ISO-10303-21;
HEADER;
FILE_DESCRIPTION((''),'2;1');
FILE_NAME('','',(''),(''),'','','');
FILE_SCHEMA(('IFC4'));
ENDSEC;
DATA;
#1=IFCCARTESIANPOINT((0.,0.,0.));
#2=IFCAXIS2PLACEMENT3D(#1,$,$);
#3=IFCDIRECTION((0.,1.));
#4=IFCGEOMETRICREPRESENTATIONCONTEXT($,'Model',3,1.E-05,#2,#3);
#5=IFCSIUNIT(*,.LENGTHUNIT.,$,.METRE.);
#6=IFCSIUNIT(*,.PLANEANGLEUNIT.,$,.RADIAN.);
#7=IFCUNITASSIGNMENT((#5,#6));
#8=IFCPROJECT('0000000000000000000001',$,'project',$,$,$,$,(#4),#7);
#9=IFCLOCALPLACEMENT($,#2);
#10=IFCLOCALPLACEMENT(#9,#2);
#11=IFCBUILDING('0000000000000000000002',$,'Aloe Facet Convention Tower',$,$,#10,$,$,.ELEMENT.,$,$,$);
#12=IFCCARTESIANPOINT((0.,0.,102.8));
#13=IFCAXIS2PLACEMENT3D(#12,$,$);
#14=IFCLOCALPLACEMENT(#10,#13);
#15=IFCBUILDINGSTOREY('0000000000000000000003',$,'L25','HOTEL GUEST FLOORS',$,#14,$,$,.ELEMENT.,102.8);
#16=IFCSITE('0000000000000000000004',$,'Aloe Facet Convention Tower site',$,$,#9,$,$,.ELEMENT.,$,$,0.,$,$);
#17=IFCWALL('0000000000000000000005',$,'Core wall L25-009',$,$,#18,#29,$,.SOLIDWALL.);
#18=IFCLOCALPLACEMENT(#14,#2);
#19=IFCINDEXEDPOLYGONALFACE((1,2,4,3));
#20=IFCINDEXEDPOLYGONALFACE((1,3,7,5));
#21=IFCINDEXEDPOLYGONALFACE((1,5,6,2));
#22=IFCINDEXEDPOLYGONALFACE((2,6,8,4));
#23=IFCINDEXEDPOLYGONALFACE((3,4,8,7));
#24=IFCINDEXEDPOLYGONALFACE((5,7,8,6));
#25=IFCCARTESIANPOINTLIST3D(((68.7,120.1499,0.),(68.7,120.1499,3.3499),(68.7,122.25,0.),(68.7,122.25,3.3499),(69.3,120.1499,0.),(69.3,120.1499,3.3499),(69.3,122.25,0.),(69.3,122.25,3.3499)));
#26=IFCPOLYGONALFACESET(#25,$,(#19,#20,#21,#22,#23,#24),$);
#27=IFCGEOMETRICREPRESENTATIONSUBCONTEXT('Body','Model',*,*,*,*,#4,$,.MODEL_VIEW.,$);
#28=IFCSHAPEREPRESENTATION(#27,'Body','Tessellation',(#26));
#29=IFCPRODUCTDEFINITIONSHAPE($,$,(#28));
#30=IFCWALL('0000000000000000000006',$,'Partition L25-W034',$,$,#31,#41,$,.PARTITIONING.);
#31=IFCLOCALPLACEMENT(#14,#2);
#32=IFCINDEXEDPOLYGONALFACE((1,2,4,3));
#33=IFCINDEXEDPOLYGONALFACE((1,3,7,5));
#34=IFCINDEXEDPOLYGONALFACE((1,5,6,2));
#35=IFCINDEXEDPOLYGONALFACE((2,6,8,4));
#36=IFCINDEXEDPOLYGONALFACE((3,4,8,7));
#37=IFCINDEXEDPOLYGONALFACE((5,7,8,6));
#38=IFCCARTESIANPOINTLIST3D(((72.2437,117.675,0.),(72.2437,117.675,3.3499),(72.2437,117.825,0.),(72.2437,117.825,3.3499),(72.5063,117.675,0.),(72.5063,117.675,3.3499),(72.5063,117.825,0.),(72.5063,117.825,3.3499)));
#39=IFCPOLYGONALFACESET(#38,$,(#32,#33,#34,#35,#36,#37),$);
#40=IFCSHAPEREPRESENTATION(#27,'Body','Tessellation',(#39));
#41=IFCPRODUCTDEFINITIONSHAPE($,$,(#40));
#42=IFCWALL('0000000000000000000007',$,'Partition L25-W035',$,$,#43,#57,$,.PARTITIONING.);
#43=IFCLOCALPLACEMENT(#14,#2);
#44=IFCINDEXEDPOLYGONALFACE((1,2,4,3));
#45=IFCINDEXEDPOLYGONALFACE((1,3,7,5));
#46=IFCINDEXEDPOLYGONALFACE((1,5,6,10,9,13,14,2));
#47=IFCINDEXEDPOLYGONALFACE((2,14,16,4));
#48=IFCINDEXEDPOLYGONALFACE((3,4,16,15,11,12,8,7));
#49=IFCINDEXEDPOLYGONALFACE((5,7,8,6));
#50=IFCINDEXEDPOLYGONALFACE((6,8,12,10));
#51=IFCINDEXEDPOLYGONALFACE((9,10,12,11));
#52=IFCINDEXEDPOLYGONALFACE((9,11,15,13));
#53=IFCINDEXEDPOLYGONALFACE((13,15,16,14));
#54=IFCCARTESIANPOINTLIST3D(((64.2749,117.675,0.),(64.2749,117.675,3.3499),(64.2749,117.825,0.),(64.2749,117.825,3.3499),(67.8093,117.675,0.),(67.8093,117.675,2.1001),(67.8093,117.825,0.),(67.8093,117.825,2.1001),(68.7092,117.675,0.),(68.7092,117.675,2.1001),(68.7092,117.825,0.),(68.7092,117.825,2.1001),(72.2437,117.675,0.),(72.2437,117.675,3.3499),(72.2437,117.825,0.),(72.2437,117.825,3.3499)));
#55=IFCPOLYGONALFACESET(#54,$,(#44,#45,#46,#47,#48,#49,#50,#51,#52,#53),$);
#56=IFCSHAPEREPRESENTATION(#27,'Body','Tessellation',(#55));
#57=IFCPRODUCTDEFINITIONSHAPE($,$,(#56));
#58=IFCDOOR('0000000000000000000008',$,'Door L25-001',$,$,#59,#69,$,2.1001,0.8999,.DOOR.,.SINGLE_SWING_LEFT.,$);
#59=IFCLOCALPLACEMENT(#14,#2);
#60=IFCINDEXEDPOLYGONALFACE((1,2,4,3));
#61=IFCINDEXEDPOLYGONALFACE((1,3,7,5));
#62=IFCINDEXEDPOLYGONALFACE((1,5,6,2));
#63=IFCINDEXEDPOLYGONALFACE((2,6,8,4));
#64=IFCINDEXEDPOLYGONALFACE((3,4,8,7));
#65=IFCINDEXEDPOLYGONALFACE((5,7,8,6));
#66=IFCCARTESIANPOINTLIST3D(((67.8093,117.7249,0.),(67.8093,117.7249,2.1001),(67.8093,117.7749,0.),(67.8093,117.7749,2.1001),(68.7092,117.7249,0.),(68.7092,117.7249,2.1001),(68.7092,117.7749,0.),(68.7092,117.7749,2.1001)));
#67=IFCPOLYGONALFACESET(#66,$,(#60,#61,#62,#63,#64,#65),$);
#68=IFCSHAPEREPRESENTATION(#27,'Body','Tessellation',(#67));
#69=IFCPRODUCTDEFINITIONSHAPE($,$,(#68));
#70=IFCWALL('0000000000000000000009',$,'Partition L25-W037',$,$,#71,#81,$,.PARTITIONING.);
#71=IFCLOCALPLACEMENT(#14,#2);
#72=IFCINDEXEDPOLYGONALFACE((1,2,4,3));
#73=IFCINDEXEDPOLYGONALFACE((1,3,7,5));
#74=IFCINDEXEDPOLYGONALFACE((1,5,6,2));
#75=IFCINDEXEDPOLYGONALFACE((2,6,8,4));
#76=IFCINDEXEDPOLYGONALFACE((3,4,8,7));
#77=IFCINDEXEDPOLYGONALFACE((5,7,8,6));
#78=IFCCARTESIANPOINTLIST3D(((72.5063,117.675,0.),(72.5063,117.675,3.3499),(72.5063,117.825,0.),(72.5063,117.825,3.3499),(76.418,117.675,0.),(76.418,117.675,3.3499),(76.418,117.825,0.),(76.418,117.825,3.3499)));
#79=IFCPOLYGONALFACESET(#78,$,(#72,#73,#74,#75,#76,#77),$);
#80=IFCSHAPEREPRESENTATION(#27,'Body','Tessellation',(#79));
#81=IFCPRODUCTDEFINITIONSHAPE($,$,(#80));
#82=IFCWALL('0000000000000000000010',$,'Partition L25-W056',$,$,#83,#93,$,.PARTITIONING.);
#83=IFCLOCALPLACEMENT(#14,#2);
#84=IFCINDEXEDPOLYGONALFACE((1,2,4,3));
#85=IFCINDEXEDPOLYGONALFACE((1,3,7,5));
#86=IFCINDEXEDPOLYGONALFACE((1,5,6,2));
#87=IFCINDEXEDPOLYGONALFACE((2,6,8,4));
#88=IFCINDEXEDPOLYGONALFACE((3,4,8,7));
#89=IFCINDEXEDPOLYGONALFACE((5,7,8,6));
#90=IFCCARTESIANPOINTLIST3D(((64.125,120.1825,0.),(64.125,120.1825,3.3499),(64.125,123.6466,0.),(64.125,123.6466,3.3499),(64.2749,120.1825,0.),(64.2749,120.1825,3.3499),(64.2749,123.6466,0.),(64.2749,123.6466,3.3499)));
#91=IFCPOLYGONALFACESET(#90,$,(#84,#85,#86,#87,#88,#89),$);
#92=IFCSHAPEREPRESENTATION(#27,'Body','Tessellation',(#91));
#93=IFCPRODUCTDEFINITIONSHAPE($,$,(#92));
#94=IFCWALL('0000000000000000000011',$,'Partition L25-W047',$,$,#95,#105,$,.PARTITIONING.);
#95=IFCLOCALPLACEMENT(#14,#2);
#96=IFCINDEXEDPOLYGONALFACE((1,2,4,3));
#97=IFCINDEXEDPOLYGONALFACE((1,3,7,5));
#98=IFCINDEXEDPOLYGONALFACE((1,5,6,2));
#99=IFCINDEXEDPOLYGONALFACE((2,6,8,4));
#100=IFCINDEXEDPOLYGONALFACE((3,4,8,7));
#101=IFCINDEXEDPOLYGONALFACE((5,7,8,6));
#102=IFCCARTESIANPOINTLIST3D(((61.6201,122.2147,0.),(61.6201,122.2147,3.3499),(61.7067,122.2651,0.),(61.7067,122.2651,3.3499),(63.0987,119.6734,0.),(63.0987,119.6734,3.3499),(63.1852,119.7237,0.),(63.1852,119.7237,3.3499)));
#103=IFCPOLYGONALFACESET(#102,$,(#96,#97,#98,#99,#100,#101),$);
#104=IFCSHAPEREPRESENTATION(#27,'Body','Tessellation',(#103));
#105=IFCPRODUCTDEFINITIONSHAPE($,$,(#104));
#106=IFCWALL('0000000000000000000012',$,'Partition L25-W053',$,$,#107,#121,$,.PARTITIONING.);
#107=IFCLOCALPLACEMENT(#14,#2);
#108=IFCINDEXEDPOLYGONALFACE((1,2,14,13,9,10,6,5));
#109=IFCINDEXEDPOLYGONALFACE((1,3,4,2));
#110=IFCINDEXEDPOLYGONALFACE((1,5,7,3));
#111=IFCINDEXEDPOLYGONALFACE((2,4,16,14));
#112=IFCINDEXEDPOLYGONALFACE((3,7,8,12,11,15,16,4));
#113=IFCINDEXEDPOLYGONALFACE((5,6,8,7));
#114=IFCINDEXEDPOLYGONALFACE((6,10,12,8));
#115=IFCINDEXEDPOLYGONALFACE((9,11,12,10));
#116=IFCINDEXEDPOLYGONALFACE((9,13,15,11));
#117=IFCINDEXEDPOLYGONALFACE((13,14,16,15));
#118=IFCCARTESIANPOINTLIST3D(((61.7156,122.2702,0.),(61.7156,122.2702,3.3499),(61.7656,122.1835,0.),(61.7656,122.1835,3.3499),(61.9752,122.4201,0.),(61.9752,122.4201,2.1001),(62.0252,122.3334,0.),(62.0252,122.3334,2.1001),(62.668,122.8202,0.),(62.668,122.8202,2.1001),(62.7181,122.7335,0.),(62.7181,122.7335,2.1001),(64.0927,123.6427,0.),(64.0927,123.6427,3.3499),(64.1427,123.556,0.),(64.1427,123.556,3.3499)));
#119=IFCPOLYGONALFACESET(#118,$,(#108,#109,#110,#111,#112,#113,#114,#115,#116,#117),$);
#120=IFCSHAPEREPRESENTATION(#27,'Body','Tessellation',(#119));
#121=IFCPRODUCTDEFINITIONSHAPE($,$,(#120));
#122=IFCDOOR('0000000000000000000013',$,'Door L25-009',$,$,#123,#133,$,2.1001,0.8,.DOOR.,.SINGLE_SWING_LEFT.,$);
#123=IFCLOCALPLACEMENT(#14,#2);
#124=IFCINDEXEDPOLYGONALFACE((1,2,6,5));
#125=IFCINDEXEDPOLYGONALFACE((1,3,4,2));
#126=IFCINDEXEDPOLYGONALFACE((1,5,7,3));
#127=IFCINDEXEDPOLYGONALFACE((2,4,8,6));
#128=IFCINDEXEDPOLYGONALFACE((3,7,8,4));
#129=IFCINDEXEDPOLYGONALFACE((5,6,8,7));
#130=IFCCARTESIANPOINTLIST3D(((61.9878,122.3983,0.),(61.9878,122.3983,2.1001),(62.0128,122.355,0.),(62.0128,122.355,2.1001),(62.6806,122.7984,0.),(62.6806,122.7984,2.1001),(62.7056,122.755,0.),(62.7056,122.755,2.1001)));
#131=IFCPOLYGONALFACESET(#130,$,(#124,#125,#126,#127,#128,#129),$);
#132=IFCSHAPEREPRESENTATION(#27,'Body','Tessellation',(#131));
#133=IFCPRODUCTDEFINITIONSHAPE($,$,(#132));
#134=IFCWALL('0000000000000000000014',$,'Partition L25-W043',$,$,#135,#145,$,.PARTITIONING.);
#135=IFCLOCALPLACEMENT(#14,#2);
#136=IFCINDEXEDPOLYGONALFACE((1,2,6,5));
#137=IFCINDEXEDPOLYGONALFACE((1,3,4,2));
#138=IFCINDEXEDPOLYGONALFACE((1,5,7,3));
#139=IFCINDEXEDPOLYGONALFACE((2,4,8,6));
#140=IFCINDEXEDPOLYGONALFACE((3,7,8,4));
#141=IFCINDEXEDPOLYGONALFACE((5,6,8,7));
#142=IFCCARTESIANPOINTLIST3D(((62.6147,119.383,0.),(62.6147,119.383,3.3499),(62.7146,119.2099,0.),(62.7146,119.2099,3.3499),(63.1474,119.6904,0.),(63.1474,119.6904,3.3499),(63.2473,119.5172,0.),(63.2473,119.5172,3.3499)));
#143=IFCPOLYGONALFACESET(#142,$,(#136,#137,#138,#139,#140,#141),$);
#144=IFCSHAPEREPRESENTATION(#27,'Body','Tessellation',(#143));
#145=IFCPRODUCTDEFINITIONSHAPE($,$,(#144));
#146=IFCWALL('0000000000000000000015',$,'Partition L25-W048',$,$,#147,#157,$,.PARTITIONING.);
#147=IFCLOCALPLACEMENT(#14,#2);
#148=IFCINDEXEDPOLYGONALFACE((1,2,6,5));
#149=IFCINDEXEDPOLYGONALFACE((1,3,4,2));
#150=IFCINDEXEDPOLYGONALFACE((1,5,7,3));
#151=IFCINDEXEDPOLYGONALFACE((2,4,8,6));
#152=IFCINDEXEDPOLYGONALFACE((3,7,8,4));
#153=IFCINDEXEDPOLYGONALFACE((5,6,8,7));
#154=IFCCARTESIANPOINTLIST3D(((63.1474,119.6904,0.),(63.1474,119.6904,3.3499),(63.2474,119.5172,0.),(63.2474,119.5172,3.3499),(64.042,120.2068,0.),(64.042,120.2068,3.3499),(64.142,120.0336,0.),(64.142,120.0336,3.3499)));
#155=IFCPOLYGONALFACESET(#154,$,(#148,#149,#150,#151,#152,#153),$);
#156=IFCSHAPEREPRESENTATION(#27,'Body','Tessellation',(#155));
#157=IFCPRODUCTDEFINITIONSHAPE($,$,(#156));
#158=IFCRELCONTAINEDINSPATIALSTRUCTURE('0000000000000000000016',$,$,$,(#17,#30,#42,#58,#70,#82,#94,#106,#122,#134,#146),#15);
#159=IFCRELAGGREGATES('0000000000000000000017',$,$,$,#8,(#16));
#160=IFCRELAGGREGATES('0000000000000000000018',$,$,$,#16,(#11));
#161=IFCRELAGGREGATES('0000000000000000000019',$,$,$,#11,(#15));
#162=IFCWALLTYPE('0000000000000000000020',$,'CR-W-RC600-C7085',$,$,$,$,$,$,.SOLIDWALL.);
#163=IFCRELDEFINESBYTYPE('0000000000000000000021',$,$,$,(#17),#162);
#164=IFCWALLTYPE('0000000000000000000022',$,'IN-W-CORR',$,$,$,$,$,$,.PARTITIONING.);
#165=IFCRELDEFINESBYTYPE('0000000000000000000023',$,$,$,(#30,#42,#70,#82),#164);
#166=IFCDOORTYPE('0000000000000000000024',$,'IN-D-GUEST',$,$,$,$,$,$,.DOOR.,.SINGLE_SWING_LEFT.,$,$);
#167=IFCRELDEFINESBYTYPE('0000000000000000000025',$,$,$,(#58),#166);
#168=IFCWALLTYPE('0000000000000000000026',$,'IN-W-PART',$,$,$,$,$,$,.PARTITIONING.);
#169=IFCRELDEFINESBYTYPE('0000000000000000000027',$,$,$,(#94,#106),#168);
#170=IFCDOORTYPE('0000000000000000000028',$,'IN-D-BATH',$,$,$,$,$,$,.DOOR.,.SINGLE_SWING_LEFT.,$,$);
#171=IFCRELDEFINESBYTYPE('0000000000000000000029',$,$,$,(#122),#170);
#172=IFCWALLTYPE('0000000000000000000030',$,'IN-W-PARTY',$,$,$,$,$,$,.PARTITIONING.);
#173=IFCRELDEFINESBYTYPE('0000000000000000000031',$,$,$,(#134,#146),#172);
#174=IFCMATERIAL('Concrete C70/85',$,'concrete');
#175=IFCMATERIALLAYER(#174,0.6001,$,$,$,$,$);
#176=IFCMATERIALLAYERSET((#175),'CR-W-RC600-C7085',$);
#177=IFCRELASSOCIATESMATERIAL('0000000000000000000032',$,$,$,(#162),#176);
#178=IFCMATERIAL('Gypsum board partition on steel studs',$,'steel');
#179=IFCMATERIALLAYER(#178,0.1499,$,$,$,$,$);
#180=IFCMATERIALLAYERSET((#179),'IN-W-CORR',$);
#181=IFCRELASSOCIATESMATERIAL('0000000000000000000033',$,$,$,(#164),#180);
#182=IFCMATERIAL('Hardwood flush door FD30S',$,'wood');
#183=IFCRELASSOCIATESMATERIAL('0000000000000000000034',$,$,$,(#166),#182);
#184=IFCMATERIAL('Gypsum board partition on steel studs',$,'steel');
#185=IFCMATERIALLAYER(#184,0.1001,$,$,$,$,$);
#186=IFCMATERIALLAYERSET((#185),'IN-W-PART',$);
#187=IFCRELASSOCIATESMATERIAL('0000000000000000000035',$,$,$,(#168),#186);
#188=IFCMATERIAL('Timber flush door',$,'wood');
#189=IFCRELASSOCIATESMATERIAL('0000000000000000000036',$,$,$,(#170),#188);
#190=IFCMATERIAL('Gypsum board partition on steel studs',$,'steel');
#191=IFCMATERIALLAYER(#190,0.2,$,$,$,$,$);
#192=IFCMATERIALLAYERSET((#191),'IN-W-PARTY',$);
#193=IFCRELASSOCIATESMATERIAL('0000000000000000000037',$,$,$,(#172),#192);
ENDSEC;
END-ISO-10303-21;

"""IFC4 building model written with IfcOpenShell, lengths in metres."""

from ifc_helpers import new_model, si_unit, direction, frame, frame_2d, origin, place, context, subcontext, project, spatial, rectangle, extrude, material, layer, layer_set, type_object, element, fill, save


model = new_model("IFC4")

# Units and contexts
model_context = context("Model", 3, precision=1e-05, world=origin(), true_north=direction((0.0, 1.0)))
body_context = subcontext(model_context, "Body", "Model", "MODEL_VIEW")
ifc_project = project(units=[si_unit("LENGTHUNIT", "METRE"), si_unit("PLANEANGLEUNIT", "RADIAN")], contexts=[model_context])

# Site, building, storey
site_placement = place(None, origin())
site = spatial("IfcSite", under=ifc_project, at=site_placement, Name="Aloe Facet Convention Tower site", CompositionType="ELEMENT", RefElevation=0.0)
building_placement = place(site_placement, origin())
building = spatial("IfcBuilding", under=site, at=building_placement, Name="Aloe Facet Convention Tower", CompositionType="ELEMENT")
storey_placement = place(building_placement, frame((0.0, 0.0, 102.8)))
storey = spatial("IfcBuildingStorey", under=building, at=storey_placement, Name="L25", Description="HOTEL GUEST FLOORS", CompositionType="ELEMENT", Elevation=102.8)

# Shared definitions
ifc_material_1 = material(Name="Concrete C70/85", Category="concrete")
ifc_layer_1 = layer(ifc_material_1, 0.6001)
ifc_layer_set_1 = layer_set([ifc_layer_1], Name="CR-W-RC600-C7085")
wall_type_1 = type_object("IfcWallType", Name="CR-W-RC600-C7085", PredefinedType="SOLIDWALL", material=ifc_layer_set_1)

# Walls
wall_1_placement = place(storey_placement, frame((69.0, 122.25, 0.0), z_axis=(0.0, 0.0, 1.0), x_axis=(0.0, -1.0, 0.0)))
element("IfcWall", 1, at=wall_1_placement, inside=storey, type_object=wall_type_1, Name="Core wall L25-009", PredefinedType="SOLIDWALL", context=body_context, shape_type="SweptSolid", body=[
    extrude(rectangle(XDim=2.1001, YDim=0.6001, at=frame_2d((1.05, 0.0))), origin(), (0.0, 0.0, 1.0), 3.3499),
])
ifc_material_2 = material(Name="Gypsum board partition on steel studs", Category="steel")
ifc_layer_2 = layer(ifc_material_2, 0.1499)
ifc_layer_set_2 = layer_set([ifc_layer_2], Name="IN-W-CORR")
wall_type_2 = type_object("IfcWallType", Name="IN-W-CORR", PredefinedType="PARTITIONING", material=ifc_layer_set_2)
wall_2_placement = place(storey_placement, frame((72.2437, 117.75, 0.0), z_axis=(0.0, 0.0, 1.0), x_axis=(1.0, 0.0, 0.0)))
element("IfcWall", 2, at=wall_2_placement, inside=storey, type_object=wall_type_2, Name="Partition L25-W034", PredefinedType="PARTITIONING", context=body_context, shape_type="SweptSolid", body=[
    extrude(rectangle(XDim=0.2627, YDim=0.1499, at=frame_2d((0.1313, 0.0))), origin(), (0.0, 0.0, 1.0), 3.3499),
])

# Wall, opening, door
wall_3_placement = place(storey_placement, frame((64.2749, 117.75, 0.0), z_axis=(0.0, 0.0, 1.0), x_axis=(1.0, 0.0, 0.0)))
wall_3 = element("IfcWall", 3, at=wall_3_placement, inside=storey, type_object=wall_type_2, Name="Partition L25-W035", PredefinedType="PARTITIONING", context=body_context, shape_type="SweptSolid", body=[
    extrude(rectangle(XDim=7.9688, YDim=0.1499, at=frame_2d((3.9844, 0.0))), origin(), (0.0, 0.0, 1.0), 3.3499),
])
opening_1_placement = place(wall_3_placement, frame((3.5344, 0.0, 0.0)))
opening_1 = element("IfcOpeningElement", 4, at=opening_1_placement, cuts=wall_3, PredefinedType="OPENING", context=body_context, shape_type="SweptSolid", body=[
    extrude(rectangle(XDim=0.8999, YDim=2.1001, at=frame_2d((0.45, 1.05))), frame((0.0, 0.085, 0.0), z_axis=(0.0, -1.0, 0.0), x_axis=(1.0, 0.0, 0.0)), (0.0, 0.0, 1.0), 0.1699),
])
ifc_material_3 = material(Name="Hardwood flush door FD30S", Category="wood")
door_type_1 = type_object("IfcDoorType", Name="IN-D-GUEST", OperationType="SINGLE_SWING_LEFT", PredefinedType="DOOR", material=ifc_material_3)
door_1_placement = place(opening_1_placement, origin())
door_1 = element("IfcDoor", 5, at=door_1_placement, inside=storey, type_object=door_type_1, Name="Door L25-001", OperationType="SINGLE_SWING_LEFT", OverallHeight=2.1001, OverallWidth=0.8999, PredefinedType="DOOR", context=body_context, shape_type="SweptSolid", body=[
    extrude(rectangle(XDim=0.8999, YDim=2.1001, at=frame_2d((0.45, 1.05))), frame((0.0, 0.0249, 0.0), z_axis=(0.0, -1.0, 0.0), x_axis=(1.0, 0.0, 0.0)), (0.0, 0.0, 1.0), 0.05),
])
fill(opening_1, door_1)

# Walls
wall_4_placement = place(storey_placement, frame((72.5063, 117.75, 0.0), z_axis=(0.0, 0.0, 1.0), x_axis=(1.0, 0.0, 0.0)))
element("IfcWall", 6, at=wall_4_placement, inside=storey, type_object=wall_type_2, Name="Partition L25-W037", PredefinedType="PARTITIONING", context=body_context, shape_type="SweptSolid", body=[
    extrude(rectangle(XDim=3.9116, YDim=0.1499, at=frame_2d((1.9558, 0.0))), origin(), (0.0, 0.0, 1.0), 3.3499),
])
wall_5_placement = place(storey_placement, frame((64.2, 120.1826, 0.0), z_axis=(0.0, 0.0, 1.0), x_axis=(0.0, 1.0, 0.0)))
element("IfcWall", 7, at=wall_5_placement, inside=storey, type_object=wall_type_2, Name="Partition L25-W056", PredefinedType="PARTITIONING", context=body_context, shape_type="SweptSolid", body=[
    extrude(rectangle(XDim=3.4641, YDim=0.1499, at=frame_2d((1.7319, 0.0))), origin(), (0.0, 0.0, 1.0), 3.3499),
])
ifc_material_4 = material(Name="Gypsum board partition on steel studs", Category="steel")
ifc_layer_3 = layer(ifc_material_4, 0.1001)
ifc_layer_set_3 = layer_set([ifc_layer_3], Name="IN-W-PART")
wall_type_3 = type_object("IfcWallType", Name="IN-W-PART", PredefinedType="PARTITIONING", material=ifc_layer_set_3)
wall_6_placement = place(storey_placement, frame((61.6633, 122.24, 0.0), z_axis=(0.0, 0.0, 1.0), x_axis=(0.502885, -0.864354, 0.0)))
element("IfcWall", 8, at=wall_6_placement, inside=storey, type_object=wall_type_3, Name="Partition L25-W047", PredefinedType="PARTITIONING", context=body_context, shape_type="SweptSolid", body=[
    extrude(rectangle(XDim=2.9402, YDim=0.1001, at=frame_2d((1.4702, 0.0))), origin(), (0.0, 0.0, 1.0), 3.3499),
])

# Wall, opening, door
wall_7_placement = place(storey_placement, frame((61.7405, 122.2268, 0.0), z_axis=(0.0, 0.0, 1.0), x_axis=(0.866012, 0.500023, 0.0)))
wall_7 = element("IfcWall", 9, at=wall_7_placement, inside=storey, type_object=wall_type_3, Name="Partition L25-W053", PredefinedType="PARTITIONING", context=body_context, shape_type="SweptSolid", body=[
    extrude(rectangle(XDim=2.7449, YDim=0.1001, at=frame_2d((1.3726, 0.0))), origin(), (0.0, 0.0, 1.0), 3.3499),
])
opening_2_placement = place(wall_7_placement, frame((0.3, 0.0, 0.0)))
opening_2 = element("IfcOpeningElement", 10, at=opening_2_placement, cuts=wall_7, PredefinedType="OPENING", context=body_context, shape_type="SweptSolid", body=[
    extrude(rectangle(XDim=0.8, YDim=2.1001, at=frame_2d((0.3999, 1.05))), frame((0.0, 0.0601, 0.0), z_axis=(0.0, -1.0, 0.0), x_axis=(1.0, 0.0, 0.0)), (0.0, 0.0, 1.0), 0.1201),
])
ifc_material_5 = material(Name="Timber flush door", Category="wood")
door_type_2 = type_object("IfcDoorType", Name="IN-D-BATH", OperationType="SINGLE_SWING_LEFT", PredefinedType="DOOR", material=ifc_material_5)
door_2_placement = place(opening_2_placement, origin())
door_2 = element("IfcDoor", 11, at=door_2_placement, inside=storey, type_object=door_type_2, Name="Door L25-009", OperationType="SINGLE_SWING_LEFT", OverallHeight=2.1001, OverallWidth=0.8, PredefinedType="DOOR", context=body_context, shape_type="SweptSolid", body=[
    extrude(rectangle(XDim=0.8, YDim=2.1001, at=frame_2d((0.3999, 1.05))), frame((0.0, 0.0249, 0.0), z_axis=(0.0, -1.0, 0.0), x_axis=(1.0, 0.0, 0.0)), (0.0, 0.0, 1.0), 0.05),
])
fill(opening_2, door_2)

# Walls
ifc_material_6 = material(Name="Gypsum board partition on steel studs", Category="steel")
ifc_layer_4 = layer(ifc_material_6, 0.2)
ifc_layer_set_4 = layer_set([ifc_layer_4], Name="IN-W-PARTY")
wall_type_4 = type_object("IfcWallType", Name="IN-W-PARTY", PredefinedType="PARTITIONING", material=ifc_layer_set_4)
wall_8_placement = place(storey_placement, frame((62.6646, 119.2964, 0.0), z_axis=(0.0, 0.0, 1.0), x_axis=(0.866159, 0.499768, 0.0)))
element("IfcWall", 12, at=wall_8_placement, inside=storey, type_object=wall_type_4, Name="Partition L25-W043", PredefinedType="PARTITIONING", context=body_context, shape_type="SweptSolid", body=[
    extrude(rectangle(XDim=0.615, YDim=0.2, at=frame_2d((0.3076, 0.0))), origin(), (0.0, 0.0, 1.0), 3.3499),
])
wall_9_placement = place(storey_placement, frame((63.1973, 119.6038, 0.0), z_axis=(0.0, 0.0, 1.0), x_axis=(0.866068, 0.499927, 0.0)))
element("IfcWall", 13, at=wall_9_placement, inside=storey, type_object=wall_type_4, Name="Partition L25-W048", PredefinedType="PARTITIONING", context=body_context, shape_type="SweptSolid", body=[
    extrude(rectangle(XDim=1.033, YDim=0.2, at=frame_2d((0.5166, 0.0))), origin(), (0.0, 0.0, 1.0), 3.3499),
])

save(model, "model.ifc")
